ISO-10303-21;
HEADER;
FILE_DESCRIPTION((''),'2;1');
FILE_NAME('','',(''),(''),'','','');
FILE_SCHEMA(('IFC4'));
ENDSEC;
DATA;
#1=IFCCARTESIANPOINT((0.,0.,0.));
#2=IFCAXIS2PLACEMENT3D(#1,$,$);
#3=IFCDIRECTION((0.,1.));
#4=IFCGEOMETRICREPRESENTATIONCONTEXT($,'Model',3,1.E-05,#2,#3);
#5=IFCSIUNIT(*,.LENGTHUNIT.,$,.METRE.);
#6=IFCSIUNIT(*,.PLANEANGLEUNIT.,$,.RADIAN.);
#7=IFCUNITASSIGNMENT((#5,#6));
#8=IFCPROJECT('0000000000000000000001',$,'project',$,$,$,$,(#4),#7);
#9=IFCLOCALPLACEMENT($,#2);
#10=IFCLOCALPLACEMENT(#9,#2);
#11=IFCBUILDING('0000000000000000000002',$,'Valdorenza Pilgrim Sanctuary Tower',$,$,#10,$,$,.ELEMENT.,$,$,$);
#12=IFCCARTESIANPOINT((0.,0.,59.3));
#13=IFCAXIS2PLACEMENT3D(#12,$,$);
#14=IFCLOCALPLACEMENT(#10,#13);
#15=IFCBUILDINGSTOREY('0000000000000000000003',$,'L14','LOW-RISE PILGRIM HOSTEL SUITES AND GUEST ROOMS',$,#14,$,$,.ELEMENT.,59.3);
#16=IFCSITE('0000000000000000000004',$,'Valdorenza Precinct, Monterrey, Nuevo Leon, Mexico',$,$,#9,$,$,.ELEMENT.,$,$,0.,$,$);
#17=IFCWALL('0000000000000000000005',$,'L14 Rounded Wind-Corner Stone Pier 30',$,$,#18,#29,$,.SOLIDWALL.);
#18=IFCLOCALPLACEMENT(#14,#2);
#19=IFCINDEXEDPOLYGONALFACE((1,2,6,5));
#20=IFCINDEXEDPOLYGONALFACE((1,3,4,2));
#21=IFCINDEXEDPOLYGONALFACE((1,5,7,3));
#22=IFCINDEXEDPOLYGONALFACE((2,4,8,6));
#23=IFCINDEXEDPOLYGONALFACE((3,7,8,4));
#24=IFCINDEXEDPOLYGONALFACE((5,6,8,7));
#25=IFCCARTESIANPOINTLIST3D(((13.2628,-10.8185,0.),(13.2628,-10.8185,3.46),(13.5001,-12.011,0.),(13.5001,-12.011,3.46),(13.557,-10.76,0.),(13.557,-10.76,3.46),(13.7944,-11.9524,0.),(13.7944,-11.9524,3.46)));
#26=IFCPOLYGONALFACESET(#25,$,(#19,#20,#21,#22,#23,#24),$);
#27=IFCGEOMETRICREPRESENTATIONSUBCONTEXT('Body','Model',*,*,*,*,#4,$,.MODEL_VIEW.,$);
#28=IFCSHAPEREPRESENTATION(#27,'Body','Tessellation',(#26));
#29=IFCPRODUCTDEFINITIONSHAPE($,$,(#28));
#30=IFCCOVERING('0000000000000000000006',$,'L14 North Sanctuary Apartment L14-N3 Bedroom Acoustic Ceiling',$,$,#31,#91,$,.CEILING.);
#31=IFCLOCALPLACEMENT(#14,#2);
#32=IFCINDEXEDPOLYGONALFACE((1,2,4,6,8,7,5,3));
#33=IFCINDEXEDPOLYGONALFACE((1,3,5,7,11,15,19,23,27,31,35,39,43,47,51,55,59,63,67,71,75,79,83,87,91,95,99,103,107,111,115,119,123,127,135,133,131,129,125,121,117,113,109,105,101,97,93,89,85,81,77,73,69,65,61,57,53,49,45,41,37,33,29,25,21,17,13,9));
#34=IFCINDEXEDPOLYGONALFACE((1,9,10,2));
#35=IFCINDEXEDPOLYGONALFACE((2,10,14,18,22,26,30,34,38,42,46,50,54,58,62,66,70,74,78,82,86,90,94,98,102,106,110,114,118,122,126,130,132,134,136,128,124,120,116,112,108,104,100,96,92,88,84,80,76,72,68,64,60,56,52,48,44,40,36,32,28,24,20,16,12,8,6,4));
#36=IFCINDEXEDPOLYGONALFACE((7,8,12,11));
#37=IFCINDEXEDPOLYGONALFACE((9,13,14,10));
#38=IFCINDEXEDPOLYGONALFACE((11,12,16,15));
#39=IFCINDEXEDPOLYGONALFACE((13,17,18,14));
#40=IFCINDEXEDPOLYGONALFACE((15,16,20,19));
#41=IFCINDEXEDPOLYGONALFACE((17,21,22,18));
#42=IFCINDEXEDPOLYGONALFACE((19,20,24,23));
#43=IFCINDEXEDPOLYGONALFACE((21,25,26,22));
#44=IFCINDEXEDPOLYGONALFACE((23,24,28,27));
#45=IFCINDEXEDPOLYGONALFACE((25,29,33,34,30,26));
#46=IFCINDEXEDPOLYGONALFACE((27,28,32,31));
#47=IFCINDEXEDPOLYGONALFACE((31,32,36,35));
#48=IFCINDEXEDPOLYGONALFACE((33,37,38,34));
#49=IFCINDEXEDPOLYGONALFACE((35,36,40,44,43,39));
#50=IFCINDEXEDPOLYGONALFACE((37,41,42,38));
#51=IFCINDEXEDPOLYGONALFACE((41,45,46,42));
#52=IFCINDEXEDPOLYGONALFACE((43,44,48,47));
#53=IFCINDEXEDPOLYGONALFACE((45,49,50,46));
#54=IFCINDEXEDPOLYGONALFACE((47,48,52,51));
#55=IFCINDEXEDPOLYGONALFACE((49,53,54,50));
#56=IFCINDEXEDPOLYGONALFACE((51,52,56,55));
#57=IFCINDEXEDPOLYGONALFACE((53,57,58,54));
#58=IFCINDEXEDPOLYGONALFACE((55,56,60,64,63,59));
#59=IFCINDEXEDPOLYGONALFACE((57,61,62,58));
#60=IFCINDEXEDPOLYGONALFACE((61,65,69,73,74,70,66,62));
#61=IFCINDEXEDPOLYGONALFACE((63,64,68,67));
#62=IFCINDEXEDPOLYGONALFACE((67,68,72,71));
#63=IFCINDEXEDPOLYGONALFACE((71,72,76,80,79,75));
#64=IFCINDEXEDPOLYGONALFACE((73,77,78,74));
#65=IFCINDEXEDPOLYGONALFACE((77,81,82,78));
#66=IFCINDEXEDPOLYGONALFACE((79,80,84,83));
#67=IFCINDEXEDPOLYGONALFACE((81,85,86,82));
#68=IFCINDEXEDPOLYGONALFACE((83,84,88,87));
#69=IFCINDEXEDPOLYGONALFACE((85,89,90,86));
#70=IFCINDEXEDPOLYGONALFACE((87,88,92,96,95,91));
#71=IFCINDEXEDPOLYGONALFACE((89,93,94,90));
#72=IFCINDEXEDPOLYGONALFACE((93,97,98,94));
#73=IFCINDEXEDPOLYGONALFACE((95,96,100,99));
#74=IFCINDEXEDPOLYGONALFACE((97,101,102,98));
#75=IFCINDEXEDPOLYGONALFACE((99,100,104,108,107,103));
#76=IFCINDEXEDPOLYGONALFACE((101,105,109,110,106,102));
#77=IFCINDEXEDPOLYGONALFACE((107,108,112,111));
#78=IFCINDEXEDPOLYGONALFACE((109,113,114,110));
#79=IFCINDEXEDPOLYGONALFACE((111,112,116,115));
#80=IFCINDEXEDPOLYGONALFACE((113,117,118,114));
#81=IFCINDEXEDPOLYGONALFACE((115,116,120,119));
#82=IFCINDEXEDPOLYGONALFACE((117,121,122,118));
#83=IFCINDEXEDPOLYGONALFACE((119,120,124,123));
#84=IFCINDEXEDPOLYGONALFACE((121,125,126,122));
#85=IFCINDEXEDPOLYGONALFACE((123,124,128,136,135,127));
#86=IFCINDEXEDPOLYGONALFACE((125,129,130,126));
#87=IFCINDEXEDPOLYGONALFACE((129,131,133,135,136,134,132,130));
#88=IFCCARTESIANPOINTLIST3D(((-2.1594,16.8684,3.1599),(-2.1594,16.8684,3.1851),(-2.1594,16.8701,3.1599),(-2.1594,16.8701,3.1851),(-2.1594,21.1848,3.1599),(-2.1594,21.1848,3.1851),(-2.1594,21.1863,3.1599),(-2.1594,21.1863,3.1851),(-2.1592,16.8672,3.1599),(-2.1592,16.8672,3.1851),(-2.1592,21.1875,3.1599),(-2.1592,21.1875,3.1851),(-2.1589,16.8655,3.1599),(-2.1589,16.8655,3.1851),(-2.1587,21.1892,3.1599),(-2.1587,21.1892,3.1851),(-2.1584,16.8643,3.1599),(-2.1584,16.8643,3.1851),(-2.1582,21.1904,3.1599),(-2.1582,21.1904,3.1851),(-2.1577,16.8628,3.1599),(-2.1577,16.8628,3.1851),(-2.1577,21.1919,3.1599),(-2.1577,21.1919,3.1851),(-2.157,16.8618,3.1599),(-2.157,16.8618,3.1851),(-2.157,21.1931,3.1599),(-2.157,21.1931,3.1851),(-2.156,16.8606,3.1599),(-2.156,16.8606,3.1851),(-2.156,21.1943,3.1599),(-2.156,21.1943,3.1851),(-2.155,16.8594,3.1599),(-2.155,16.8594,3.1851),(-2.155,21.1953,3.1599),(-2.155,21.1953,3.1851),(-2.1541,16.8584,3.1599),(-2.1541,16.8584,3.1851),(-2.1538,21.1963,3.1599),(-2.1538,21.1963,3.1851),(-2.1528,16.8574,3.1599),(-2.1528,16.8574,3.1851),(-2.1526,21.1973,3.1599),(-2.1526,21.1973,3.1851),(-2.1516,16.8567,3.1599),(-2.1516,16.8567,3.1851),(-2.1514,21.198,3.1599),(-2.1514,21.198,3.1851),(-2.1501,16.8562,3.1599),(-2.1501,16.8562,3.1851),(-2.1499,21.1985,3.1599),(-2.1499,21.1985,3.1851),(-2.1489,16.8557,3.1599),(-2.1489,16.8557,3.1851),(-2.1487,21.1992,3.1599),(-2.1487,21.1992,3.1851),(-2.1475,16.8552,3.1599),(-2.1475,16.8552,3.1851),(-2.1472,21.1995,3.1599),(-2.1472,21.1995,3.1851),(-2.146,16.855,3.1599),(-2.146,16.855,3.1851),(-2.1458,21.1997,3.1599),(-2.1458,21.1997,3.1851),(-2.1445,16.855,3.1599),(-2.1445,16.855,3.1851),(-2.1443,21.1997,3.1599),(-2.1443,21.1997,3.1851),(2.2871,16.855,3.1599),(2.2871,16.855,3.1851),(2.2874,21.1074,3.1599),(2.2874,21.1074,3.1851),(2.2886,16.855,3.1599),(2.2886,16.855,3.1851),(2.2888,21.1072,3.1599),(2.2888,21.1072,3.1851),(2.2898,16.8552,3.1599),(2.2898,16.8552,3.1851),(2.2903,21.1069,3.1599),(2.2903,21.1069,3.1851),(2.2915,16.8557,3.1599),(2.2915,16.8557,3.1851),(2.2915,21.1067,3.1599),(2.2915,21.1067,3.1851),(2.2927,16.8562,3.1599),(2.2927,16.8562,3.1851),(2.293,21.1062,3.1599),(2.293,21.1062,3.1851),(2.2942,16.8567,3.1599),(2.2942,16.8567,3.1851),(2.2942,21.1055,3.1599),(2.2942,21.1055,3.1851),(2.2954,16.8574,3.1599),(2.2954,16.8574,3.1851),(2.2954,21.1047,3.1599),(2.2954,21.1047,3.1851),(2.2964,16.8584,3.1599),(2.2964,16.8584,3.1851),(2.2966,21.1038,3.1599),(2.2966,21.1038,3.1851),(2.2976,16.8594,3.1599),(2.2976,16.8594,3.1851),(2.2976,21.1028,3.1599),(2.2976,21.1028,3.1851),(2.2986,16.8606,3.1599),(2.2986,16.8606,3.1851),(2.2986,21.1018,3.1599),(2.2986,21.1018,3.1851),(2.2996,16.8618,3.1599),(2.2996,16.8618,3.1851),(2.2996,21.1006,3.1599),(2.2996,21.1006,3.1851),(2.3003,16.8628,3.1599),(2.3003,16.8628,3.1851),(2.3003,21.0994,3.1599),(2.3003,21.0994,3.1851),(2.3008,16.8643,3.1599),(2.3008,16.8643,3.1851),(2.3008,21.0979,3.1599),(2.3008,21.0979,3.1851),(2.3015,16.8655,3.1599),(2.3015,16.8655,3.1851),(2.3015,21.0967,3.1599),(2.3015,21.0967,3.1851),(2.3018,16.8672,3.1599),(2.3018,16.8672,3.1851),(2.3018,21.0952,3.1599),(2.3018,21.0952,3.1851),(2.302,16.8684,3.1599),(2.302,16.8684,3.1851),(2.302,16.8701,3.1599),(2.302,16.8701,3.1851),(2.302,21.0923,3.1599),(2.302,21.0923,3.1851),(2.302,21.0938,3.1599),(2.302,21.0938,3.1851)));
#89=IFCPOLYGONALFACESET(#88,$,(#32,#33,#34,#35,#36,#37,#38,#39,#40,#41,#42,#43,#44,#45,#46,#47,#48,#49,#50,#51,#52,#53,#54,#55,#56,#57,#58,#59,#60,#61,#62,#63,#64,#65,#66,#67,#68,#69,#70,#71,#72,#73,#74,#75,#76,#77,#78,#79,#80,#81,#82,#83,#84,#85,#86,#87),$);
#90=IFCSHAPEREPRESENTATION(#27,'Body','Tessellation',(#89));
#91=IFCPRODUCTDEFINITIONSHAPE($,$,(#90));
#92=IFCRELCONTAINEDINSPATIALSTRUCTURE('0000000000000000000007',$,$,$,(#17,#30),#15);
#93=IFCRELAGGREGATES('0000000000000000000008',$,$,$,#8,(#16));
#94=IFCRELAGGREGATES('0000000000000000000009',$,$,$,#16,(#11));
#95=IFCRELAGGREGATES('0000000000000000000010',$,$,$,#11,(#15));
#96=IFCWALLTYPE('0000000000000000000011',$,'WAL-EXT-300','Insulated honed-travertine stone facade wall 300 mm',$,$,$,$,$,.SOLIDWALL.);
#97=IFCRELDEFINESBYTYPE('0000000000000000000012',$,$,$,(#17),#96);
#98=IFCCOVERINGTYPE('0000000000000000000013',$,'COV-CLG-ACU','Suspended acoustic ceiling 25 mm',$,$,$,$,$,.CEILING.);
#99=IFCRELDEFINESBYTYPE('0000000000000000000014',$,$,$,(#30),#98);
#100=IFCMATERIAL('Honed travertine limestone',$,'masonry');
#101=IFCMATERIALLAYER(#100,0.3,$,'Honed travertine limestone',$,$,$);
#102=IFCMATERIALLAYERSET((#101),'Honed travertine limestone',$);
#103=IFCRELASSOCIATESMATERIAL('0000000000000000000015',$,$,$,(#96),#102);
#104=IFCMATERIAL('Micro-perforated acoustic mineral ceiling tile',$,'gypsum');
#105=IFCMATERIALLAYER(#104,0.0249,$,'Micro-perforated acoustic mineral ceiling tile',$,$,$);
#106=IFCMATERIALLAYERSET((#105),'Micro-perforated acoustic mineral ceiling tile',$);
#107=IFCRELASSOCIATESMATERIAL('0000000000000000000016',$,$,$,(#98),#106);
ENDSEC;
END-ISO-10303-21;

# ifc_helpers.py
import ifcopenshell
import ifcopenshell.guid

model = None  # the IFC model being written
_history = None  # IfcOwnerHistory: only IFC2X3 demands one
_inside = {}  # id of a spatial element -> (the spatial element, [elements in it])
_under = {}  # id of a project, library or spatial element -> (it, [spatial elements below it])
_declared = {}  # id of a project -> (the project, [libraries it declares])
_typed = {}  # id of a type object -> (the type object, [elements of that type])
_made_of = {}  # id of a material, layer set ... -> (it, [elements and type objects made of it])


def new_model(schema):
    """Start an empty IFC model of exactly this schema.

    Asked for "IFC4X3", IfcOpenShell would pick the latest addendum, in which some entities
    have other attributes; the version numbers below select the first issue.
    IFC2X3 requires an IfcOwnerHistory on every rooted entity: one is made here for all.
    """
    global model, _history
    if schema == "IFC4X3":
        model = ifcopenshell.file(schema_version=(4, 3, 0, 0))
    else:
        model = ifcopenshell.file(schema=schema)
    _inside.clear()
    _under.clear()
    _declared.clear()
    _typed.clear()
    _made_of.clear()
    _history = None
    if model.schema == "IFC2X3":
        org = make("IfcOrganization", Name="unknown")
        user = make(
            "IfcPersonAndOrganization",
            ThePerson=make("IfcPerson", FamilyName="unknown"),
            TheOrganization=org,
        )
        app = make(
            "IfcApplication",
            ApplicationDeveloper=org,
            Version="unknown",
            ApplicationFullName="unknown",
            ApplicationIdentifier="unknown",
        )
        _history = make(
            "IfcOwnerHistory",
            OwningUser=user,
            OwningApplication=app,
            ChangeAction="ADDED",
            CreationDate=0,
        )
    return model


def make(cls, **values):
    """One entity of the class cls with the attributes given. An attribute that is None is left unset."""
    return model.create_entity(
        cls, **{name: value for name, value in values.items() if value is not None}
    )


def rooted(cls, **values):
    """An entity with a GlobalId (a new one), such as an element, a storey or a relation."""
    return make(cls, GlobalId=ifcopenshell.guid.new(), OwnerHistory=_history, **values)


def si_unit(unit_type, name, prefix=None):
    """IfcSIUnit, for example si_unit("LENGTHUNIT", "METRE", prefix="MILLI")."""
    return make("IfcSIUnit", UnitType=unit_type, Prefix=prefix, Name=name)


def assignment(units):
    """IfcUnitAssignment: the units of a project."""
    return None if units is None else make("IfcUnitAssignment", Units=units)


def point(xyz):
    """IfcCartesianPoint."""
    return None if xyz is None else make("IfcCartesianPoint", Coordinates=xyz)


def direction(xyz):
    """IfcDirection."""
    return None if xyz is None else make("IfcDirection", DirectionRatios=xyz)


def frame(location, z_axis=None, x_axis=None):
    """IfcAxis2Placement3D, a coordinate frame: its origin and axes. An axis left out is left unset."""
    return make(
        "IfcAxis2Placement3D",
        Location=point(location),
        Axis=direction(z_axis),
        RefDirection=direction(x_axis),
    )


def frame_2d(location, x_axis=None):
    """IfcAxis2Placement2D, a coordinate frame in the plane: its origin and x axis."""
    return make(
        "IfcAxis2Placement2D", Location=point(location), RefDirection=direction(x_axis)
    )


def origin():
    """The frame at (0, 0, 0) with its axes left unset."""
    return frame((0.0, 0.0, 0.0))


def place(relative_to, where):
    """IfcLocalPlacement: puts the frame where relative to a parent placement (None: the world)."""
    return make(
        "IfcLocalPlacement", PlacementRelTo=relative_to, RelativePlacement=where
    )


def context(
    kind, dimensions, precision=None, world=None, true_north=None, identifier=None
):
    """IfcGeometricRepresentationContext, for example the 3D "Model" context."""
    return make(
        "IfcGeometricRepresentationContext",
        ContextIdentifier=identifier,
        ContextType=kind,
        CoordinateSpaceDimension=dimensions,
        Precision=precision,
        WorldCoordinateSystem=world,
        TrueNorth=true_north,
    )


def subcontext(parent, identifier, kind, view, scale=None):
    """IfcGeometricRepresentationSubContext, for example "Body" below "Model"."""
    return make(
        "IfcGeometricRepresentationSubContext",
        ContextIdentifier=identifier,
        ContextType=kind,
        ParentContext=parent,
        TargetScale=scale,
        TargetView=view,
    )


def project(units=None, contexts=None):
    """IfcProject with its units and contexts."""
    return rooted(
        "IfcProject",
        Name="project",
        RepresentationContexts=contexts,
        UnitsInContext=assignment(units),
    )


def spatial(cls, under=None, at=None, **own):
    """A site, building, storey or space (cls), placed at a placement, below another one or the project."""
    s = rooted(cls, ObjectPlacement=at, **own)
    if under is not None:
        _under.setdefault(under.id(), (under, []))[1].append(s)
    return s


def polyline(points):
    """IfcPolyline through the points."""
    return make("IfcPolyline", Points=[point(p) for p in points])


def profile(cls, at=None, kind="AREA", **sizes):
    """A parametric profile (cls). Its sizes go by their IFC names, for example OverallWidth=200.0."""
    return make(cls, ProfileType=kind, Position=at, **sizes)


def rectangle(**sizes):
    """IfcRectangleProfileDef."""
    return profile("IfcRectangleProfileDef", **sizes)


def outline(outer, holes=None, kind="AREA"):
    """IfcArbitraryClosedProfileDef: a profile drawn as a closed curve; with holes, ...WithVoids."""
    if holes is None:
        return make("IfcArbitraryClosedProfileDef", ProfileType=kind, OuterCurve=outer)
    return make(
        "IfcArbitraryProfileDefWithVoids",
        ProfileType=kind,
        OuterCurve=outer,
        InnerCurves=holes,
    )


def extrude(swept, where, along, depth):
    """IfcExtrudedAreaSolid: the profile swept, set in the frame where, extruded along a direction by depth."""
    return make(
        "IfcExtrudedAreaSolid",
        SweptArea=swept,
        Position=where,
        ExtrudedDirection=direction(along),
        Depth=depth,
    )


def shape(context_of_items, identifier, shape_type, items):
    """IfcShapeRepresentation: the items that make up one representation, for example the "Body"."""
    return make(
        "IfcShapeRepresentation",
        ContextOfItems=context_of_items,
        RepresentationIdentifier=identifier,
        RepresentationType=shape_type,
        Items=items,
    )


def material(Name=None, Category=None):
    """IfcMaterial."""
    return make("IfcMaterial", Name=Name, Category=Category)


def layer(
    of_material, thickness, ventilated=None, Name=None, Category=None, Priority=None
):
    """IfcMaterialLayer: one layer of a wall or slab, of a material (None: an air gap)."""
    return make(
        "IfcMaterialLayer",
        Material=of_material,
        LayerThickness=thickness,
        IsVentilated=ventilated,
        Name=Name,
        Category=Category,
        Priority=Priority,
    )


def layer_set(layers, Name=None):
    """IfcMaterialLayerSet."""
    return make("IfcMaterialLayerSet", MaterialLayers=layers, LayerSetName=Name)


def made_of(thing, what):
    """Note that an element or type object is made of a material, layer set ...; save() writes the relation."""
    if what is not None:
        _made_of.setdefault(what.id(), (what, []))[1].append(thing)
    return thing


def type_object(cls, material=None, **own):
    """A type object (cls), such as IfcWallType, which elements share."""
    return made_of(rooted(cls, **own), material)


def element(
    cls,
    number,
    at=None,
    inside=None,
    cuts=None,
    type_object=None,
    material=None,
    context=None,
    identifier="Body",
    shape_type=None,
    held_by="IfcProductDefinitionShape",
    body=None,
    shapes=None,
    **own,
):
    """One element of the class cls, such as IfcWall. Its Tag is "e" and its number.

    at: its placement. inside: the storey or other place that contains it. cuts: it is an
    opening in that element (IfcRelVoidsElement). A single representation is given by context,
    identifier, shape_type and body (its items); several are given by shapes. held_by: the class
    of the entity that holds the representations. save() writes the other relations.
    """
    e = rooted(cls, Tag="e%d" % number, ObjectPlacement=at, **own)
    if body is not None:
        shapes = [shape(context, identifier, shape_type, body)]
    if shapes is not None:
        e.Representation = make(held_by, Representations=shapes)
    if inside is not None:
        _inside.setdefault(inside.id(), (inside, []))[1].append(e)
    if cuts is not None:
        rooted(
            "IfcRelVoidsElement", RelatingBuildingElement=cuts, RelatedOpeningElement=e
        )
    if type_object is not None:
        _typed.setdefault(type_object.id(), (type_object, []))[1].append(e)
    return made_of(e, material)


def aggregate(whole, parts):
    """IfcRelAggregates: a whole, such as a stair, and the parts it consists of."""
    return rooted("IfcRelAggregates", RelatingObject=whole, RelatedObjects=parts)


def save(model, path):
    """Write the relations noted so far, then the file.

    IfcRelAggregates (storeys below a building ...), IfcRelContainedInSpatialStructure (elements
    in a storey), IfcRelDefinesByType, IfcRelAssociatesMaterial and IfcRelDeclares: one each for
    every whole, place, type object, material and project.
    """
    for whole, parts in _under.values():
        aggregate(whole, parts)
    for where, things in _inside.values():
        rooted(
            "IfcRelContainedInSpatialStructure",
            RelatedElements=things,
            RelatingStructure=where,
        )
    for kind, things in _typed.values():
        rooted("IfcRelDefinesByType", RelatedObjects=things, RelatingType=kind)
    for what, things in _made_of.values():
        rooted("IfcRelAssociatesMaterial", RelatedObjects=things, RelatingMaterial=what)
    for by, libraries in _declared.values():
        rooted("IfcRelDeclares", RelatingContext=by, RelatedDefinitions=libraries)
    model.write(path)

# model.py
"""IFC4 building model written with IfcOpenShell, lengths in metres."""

from ifc_helpers import new_model, si_unit, direction, frame, frame_2d, origin, place, context, subcontext, project, spatial, polyline, rectangle, outline, extrude, material, layer, layer_set, type_object, element, save


model = new_model("IFC4")

# Units and contexts
model_context = context("Model", 3, precision=1e-05, world=origin(), true_north=direction((0.0, 1.0)))
body_context = subcontext(model_context, "Body", "Model", "MODEL_VIEW")
ifc_project = project(units=[si_unit("LENGTHUNIT", "METRE"), si_unit("PLANEANGLEUNIT", "RADIAN")], contexts=[model_context])

# Site, building, storey
site_placement = place(None, origin())
site = spatial("IfcSite", under=ifc_project, at=site_placement, Name="Valdorenza Precinct, Monterrey, Nuevo Leon, Mexico", CompositionType="ELEMENT", RefElevation=0.0)
building_placement = place(site_placement, origin())
building = spatial("IfcBuilding", under=site, at=building_placement, Name="Valdorenza Pilgrim Sanctuary Tower", CompositionType="ELEMENT")
storey_placement = place(building_placement, frame((0.0, 0.0, 59.3)))
storey = spatial("IfcBuildingStorey", under=building, at=storey_placement, Name="L14", Description="LOW-RISE PILGRIM HOSTEL SUITES AND GUEST ROOMS", CompositionType="ELEMENT", Elevation=59.3)

# Shared definitions
ifc_material_1 = material(Name="Honed travertine limestone", Category="masonry")

# Wall
ifc_layer_1 = layer(ifc_material_1, 0.3, Name="Honed travertine limestone")
ifc_layer_set_1 = layer_set([ifc_layer_1], Name="Honed travertine limestone")
wall_type_1 = type_object("IfcWallType", Name="WAL-EXT-300", Description="Insulated honed-travertine stone facade wall 300 mm", PredefinedType="SOLIDWALL", material=ifc_layer_set_1)
wall_1_placement = place(storey_placement, frame((13.6472, -11.9817, 0.0), z_axis=(0.0, 0.0, 1.0), x_axis=(-0.195189, 0.980766, 0.0)))
element("IfcWall", 1, at=wall_1_placement, inside=storey, type_object=wall_type_1, Name="L14 Rounded Wind-Corner Stone Pier 30", PredefinedType="SOLIDWALL", context=body_context, shape_type="SweptSolid", body=[
    extrude(rectangle(XDim=1.2158, YDim=0.3, at=frame_2d((0.6079, 0.0))), origin(), (0.0, 0.0, 1.0), 3.46),
])

# Covering
ifc_material_2 = material(Name="Micro-perforated acoustic mineral ceiling tile", Category="gypsum")
ifc_layer_2 = layer(ifc_material_2, 0.0249, Name="Micro-perforated acoustic mineral ceiling tile")
ifc_layer_set_2 = layer_set([ifc_layer_2], Name="Micro-perforated acoustic mineral ceiling tile")
covering_type_1 = type_object("IfcCoveringType", Name="COV-CLG-ACU", Description="Suspended acoustic ceiling 25 mm", PredefinedType="CEILING", material=ifc_layer_set_2)
covering_1_placement = place(storey_placement, frame((0.0, 0.0, 3.1599)))
element("IfcCovering", 2, at=covering_1_placement, inside=storey, type_object=covering_type_1, Name="L14 North Sanctuary Apartment L14-N3 Bedroom Acoustic Ceiling", PredefinedType="CEILING", context=body_context, shape_type="SweptSolid", body=[
    extrude(outline(polyline([(-2.1445, 16.855), (-2.146, 16.855), (-2.1475, 16.8552), (-2.1489, 16.8557), (-2.1501, 16.8562), (-2.1516, 16.8567), (-2.1528, 16.8574), (-2.1541, 16.8584), (-2.155, 16.8594), (-2.156, 16.8606), (-2.157, 16.8618), (-2.1577, 16.8628), (-2.1584, 16.8643), (-2.1589, 16.8655), (-2.1592, 16.8672), (-2.1594, 16.8684), (-2.1594, 16.8701), (-2.1594, 21.1848), (-2.1594, 21.1863), (-2.1592, 21.1875), (-2.1587, 21.1892), (-2.1582, 21.1904), (-2.1577, 21.1919), (-2.157, 21.1931), (-2.156, 21.1943), (-2.155, 21.1953), (-2.1538, 21.1963), (-2.1526, 21.1973), (-2.1514, 21.198), (-2.1499, 21.1985), (-2.1487, 21.1992), (-2.1472, 21.1995), (-2.1458, 21.1997), (-2.1443, 21.1997), (2.2874, 21.1074), (2.2888, 21.1072), (2.2903, 21.1069), (2.2915, 21.1067), (2.293, 21.1062), (2.2942, 21.1055), (2.2954, 21.1047), (2.2966, 21.1038), (2.2976, 21.1028), (2.2986, 21.1018), (2.2996, 21.1006), (2.3003, 21.0994), (2.3008, 21.0979), (2.3015, 21.0967), (2.3018, 21.0952), (2.302, 21.0938), (2.302, 21.0923), (2.302, 16.8701), (2.302, 16.8684), (2.3018, 16.8672), (2.3015, 16.8655), (2.3008, 16.8643), (2.3003, 16.8628), (2.2996, 16.8618), (2.2986, 16.8606), (2.2976, 16.8594), (2.2964, 16.8584), (2.2954, 16.8574), (2.2942, 16.8567), (2.2927, 16.8562), (2.2915, 16.8557), (2.2898, 16.8552), (2.2886, 16.855), (2.2871, 16.855), (-2.1445, 16.855)])), origin(), (0.0, 0.0, 1.0), 0.0251),
])

save(model, "model.ifc")
